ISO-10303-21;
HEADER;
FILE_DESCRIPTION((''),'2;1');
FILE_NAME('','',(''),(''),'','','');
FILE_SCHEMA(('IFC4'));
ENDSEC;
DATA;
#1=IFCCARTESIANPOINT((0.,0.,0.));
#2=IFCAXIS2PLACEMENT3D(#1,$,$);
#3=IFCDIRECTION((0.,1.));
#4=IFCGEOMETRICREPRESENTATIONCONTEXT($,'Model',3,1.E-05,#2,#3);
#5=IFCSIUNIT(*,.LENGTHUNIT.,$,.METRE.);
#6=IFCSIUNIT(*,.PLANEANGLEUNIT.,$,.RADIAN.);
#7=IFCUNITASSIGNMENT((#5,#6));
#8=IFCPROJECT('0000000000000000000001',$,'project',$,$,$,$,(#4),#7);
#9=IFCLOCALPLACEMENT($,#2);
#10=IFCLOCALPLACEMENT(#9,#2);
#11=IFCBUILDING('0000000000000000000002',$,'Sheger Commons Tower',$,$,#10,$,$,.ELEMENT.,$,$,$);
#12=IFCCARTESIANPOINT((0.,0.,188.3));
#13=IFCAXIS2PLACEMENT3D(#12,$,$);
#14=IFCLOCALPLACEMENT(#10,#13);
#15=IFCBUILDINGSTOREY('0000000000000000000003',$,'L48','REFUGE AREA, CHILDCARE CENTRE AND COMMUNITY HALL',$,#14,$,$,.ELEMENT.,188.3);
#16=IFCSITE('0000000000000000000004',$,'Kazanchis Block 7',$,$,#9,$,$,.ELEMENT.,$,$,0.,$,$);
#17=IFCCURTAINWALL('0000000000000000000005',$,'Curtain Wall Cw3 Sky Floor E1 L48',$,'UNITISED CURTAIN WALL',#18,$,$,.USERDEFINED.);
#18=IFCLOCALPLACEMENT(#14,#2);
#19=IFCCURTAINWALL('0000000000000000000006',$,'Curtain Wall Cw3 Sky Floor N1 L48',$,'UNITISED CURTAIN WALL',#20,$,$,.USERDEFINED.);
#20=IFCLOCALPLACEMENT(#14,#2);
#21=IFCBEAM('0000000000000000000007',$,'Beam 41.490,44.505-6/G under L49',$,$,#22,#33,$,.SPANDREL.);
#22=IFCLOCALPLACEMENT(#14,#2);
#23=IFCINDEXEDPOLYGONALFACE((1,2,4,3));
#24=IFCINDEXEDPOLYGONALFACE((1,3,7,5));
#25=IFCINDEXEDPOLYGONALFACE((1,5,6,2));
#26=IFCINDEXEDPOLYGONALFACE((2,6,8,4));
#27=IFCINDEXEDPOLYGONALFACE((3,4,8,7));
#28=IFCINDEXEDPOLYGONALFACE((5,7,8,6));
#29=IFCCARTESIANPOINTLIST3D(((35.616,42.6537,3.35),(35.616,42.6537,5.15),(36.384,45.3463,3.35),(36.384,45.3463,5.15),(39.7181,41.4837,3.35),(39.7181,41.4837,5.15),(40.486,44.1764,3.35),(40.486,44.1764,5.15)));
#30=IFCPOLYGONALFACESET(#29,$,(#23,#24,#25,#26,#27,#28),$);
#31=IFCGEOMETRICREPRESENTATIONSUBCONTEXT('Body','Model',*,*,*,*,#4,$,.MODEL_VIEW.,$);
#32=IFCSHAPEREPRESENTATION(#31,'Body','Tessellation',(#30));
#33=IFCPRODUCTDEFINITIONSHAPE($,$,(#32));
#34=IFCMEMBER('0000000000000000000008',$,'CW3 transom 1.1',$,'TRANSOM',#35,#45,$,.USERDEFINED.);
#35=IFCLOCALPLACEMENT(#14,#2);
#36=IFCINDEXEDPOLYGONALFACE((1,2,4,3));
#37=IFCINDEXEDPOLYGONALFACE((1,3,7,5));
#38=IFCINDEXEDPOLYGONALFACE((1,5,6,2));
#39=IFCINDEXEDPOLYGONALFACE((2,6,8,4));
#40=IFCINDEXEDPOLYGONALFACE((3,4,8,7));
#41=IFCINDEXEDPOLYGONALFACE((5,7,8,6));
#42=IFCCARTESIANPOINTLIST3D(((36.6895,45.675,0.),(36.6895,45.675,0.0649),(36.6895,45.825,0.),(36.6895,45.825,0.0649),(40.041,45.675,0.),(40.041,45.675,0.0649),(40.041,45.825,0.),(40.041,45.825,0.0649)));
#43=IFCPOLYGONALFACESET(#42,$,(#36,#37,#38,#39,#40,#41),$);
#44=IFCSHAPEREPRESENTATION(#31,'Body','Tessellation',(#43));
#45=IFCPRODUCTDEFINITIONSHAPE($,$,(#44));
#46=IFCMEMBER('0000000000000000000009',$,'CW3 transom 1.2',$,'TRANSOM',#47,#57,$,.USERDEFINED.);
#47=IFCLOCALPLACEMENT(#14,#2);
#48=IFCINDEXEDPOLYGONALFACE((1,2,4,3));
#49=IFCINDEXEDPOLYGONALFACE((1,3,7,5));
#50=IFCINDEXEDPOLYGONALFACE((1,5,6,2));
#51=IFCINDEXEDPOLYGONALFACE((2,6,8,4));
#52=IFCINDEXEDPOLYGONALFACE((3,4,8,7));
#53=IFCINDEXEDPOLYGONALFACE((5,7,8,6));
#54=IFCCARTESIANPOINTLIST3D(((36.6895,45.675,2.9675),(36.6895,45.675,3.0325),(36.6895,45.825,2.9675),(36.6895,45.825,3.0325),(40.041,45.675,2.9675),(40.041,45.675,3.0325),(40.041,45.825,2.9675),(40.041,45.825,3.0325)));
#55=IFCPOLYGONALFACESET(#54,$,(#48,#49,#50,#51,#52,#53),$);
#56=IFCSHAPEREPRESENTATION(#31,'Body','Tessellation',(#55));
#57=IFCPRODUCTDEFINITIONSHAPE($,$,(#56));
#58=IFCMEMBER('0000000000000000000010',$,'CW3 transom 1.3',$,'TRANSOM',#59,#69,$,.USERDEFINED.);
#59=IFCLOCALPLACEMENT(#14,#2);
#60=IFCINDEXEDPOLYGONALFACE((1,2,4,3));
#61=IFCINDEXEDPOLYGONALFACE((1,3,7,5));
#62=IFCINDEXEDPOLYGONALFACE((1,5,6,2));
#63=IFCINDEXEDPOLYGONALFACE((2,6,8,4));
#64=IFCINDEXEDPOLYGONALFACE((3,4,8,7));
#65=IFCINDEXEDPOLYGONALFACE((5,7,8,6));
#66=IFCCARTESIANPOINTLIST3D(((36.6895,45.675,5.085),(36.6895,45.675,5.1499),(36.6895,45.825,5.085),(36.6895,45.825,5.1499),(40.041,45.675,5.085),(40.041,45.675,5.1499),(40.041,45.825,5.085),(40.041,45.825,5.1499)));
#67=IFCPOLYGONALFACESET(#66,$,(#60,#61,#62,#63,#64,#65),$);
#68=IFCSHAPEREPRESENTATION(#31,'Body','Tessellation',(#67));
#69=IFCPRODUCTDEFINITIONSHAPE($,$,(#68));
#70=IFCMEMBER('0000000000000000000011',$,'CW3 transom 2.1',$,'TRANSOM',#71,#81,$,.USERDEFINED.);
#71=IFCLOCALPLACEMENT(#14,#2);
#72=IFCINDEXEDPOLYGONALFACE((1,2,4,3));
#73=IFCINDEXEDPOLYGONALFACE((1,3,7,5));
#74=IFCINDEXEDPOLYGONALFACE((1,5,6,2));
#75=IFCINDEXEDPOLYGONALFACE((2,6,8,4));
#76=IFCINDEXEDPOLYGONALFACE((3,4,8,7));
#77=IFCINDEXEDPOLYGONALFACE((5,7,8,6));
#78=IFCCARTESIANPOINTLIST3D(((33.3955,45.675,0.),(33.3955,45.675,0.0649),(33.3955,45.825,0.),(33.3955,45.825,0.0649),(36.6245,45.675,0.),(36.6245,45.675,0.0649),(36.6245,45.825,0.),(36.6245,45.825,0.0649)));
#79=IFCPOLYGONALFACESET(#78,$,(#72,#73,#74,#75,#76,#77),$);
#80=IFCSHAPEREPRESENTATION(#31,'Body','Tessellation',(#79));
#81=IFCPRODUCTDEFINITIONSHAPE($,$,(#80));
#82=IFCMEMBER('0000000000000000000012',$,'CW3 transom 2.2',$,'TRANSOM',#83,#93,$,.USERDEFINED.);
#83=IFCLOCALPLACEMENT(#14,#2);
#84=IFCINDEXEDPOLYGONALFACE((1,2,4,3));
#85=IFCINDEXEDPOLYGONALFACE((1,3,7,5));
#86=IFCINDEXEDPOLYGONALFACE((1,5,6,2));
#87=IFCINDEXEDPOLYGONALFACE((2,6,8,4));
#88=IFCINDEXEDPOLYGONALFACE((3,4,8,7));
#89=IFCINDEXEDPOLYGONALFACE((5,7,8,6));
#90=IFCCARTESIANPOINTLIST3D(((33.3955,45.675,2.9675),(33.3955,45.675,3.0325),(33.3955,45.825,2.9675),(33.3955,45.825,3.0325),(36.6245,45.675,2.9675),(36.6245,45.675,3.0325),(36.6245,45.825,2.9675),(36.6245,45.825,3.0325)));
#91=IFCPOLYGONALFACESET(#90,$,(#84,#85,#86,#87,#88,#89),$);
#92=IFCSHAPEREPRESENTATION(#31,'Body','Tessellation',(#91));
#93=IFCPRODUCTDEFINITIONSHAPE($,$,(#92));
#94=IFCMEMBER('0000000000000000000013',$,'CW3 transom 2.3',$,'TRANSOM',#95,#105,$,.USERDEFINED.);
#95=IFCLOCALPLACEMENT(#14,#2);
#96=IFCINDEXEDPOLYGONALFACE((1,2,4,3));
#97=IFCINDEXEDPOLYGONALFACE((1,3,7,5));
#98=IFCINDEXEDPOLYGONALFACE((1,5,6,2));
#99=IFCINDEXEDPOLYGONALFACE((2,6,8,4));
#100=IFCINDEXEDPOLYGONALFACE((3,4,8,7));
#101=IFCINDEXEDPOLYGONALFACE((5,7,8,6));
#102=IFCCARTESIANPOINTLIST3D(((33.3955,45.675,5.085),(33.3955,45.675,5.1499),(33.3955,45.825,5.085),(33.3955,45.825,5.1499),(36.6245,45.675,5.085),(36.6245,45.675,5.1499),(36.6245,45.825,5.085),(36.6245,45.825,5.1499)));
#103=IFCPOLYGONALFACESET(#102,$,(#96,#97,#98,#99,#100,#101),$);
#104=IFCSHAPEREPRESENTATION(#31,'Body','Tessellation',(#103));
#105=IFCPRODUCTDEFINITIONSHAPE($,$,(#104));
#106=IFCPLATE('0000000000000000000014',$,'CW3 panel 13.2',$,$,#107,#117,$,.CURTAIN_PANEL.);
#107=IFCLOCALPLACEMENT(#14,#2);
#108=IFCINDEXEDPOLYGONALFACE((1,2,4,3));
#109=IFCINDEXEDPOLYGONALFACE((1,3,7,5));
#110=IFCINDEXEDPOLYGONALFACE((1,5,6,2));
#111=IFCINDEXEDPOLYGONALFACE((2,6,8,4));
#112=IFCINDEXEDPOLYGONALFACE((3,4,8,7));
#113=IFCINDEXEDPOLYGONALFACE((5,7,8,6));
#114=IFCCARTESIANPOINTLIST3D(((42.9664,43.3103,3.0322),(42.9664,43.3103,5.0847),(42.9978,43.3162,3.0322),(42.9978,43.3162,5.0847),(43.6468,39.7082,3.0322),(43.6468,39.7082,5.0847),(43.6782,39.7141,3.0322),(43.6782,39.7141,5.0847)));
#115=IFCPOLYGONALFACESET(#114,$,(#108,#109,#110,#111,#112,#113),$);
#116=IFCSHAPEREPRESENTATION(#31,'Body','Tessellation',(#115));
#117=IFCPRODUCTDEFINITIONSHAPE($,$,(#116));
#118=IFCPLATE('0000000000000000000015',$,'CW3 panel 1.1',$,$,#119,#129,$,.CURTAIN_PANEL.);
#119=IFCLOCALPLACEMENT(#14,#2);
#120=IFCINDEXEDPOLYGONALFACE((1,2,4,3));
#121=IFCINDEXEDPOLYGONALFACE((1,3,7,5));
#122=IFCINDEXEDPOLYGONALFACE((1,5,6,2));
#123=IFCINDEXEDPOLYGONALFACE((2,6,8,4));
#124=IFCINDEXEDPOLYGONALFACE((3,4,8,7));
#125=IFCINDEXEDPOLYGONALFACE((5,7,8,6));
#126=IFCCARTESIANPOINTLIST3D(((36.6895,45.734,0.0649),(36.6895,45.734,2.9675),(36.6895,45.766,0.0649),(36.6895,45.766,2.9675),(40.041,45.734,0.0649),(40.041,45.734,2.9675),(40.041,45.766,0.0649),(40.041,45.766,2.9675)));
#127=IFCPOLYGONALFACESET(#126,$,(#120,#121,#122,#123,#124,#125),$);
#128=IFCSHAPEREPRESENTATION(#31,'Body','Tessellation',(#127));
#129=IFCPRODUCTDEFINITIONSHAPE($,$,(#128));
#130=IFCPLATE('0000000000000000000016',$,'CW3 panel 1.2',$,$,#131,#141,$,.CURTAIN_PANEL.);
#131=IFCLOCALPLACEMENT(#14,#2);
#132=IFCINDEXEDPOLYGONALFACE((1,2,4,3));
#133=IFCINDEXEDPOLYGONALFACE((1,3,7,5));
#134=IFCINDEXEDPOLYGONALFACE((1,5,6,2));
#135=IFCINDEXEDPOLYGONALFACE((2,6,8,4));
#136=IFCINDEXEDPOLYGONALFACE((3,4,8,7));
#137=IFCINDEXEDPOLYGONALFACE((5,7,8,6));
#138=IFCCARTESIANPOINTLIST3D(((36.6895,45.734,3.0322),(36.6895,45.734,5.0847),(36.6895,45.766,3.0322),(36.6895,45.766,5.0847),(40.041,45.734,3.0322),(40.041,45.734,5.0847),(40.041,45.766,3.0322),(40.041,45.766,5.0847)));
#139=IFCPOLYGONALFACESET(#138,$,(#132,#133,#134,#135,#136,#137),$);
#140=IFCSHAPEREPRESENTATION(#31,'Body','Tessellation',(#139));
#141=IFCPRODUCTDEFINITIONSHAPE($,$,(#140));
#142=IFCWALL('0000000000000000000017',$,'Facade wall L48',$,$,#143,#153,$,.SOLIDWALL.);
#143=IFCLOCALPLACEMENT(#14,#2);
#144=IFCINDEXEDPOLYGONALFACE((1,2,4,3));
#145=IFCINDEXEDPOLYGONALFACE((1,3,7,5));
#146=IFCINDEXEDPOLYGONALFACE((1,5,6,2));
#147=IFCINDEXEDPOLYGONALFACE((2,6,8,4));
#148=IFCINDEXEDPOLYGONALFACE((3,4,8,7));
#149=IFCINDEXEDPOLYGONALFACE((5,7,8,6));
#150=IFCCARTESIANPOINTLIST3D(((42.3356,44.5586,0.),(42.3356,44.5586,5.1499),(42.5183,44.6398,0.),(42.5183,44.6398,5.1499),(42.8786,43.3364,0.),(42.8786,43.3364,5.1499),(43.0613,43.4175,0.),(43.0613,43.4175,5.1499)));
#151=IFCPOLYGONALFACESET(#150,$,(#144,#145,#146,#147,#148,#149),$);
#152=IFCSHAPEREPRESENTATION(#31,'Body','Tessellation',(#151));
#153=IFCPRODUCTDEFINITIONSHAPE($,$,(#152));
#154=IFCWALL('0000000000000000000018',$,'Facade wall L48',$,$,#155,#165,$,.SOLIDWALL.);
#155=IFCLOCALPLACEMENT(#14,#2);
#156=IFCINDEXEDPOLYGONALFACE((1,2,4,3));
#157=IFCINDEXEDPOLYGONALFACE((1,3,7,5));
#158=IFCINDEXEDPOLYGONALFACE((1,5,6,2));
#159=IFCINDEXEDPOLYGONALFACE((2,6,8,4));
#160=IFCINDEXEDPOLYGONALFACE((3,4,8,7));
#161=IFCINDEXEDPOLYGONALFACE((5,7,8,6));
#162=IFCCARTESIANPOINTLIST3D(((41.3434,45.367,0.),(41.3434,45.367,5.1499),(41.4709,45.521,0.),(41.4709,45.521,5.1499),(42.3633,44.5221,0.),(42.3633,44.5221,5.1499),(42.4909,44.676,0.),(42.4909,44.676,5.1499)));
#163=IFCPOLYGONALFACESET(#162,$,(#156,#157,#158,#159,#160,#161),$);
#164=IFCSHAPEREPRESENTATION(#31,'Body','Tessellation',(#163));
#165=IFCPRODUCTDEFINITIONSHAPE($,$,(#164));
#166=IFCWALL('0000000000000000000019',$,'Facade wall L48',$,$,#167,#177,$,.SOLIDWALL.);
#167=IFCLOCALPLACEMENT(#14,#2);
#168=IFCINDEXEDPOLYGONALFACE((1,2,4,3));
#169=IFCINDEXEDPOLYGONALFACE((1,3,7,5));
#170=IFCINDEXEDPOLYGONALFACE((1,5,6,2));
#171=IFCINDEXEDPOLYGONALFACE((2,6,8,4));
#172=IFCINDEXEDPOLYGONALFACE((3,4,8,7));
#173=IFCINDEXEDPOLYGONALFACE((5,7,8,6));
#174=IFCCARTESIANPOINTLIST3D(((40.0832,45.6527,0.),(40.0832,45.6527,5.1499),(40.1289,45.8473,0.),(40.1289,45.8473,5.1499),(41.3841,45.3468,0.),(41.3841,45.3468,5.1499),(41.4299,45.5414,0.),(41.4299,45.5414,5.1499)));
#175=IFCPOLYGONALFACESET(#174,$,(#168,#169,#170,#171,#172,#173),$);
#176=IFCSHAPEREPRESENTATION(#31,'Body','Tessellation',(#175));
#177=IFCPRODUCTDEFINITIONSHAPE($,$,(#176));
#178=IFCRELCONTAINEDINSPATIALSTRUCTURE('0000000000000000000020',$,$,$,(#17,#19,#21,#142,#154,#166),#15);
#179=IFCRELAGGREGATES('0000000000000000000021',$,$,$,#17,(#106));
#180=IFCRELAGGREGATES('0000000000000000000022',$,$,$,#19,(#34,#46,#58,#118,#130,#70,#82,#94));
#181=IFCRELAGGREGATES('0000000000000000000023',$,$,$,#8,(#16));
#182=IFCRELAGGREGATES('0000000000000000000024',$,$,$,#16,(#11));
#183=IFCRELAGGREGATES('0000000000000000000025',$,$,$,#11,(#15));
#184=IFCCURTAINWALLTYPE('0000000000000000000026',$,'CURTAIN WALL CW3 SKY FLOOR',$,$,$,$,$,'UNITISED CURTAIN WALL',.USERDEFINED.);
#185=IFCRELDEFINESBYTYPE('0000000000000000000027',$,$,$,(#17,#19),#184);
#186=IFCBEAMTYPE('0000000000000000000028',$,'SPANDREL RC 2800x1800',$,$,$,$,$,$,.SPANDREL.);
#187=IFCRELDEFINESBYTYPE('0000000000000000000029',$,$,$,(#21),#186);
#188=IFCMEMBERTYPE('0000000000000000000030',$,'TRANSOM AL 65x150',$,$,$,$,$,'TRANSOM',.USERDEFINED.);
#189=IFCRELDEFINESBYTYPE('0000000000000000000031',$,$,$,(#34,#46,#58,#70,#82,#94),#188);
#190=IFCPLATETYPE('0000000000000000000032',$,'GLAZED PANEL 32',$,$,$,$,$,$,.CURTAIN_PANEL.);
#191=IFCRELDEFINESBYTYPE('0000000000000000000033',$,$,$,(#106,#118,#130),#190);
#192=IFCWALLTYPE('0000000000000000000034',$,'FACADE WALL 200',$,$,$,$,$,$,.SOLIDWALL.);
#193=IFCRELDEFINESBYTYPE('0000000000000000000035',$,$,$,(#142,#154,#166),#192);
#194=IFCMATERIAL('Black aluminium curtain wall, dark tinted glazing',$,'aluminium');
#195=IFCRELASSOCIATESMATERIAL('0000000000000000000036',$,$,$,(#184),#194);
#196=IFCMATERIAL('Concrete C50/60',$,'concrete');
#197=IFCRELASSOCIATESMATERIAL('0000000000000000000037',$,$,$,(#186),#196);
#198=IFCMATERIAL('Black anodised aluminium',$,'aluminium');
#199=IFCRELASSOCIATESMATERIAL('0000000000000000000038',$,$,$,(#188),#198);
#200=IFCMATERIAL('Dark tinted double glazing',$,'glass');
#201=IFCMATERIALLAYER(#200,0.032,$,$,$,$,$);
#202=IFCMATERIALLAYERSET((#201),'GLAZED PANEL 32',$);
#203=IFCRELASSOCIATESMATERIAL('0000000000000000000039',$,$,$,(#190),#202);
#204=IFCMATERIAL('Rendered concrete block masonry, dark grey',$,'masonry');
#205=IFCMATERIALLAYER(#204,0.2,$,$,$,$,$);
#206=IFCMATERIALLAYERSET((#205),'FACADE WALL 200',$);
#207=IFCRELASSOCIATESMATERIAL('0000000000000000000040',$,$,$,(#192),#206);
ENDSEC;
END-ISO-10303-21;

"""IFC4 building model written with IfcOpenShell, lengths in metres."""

from ifc_helpers import new_model, si_unit, direction, frame, frame_2d, origin, origin_2d, place, context, subcontext, project, spatial, rectangle, extrude, material, layer, layer_set, material_profile, profile_set, type_object, element, aggregate, save


model = new_model("IFC4")

# Units and contexts
model_context = context("Model", 3, precision=1e-05, world=origin(), true_north=direction((0.0, 1.0)))
body_context = subcontext(model_context, "Body", "Model", "MODEL_VIEW")
ifc_project = project(units=[si_unit("LENGTHUNIT", "METRE"), si_unit("PLANEANGLEUNIT", "RADIAN")], contexts=[model_context])

# Site, building, storey
site_placement = place(None, origin())
site = spatial("IfcSite", under=ifc_project, at=site_placement, Name="Kazanchis Block 7", CompositionType="ELEMENT", RefElevation=0.0)
building_placement = place(site_placement, origin())
building = spatial("IfcBuilding", under=site, at=building_placement, Name="Sheger Commons Tower", CompositionType="ELEMENT")
storey_placement = place(building_placement, frame((0.0, 0.0, 188.3)))
storey = spatial("IfcBuildingStorey", under=building, at=storey_placement, Name="L48", Description="REFUGE AREA, CHILDCARE CENTRE AND COMMUNITY HALL", CompositionType="ELEMENT", Elevation=188.3)

# Curtain wall
ifc_material_1 = material(Name="Black aluminium curtain wall, dark tinted glazing", Category="aluminium")
curtain_wall_type = type_object("IfcCurtainWallType", Name="CURTAIN WALL CW3 SKY FLOOR", ElementType="UNITISED CURTAIN WALL", PredefinedType="USERDEFINED", material=ifc_material_1)
curtain_wall_1_placement = place(storey_placement, origin())
curtain_wall_1 = element("IfcCurtainWall", 1, at=curtain_wall_1_placement, inside=storey, type_object=curtain_wall_type, Name="Curtain Wall Cw3 Sky Floor E1 L48", ObjectType="UNITISED CURTAIN WALL", PredefinedType="USERDEFINED")

# Curtain wall
curtain_wall_2_placement = place(storey_placement, origin())
curtain_wall_2 = element("IfcCurtainWall", 2, at=curtain_wall_2_placement, inside=storey, type_object=curtain_wall_type, Name="Curtain Wall Cw3 Sky Floor N1 L48", ObjectType="UNITISED CURTAIN WALL", PredefinedType="USERDEFINED")

# Beam
ifc_material_2 = material(Name="Concrete C50/60", Category="concrete")
ifc_material_profile_1 = material_profile(ifc_material_2, rectangle(XDim=2.8, YDim=1.8, at=origin_2d()), Name="RC 2800x1800")
ifc_profile_set_1 = profile_set([ifc_material_profile_1], Name="Concrete C50/60")
beam_type_1 = type_object("IfcBeamType", Name="SPANDREL RC 2800x1800", PredefinedType="SPANDREL", material=ifc_profile_set_1)
beam_1_placement = place(storey_placement, frame((40.1021, 42.8301, 4.25), z_axis=(-0.961653, 0.274268, 0.0), x_axis=(-0.274268, -0.961653, 0.0)))
element("IfcBeam", 3, at=beam_1_placement, inside=storey, type_object=beam_type_1, Name="Beam 41.490,44.505-6/G under L49", PredefinedType="SPANDREL", context=body_context, shape_type="SweptSolid", body=[
    extrude(rectangle(XDim=2.8, YDim=1.8, at=origin_2d()), origin(), (0.0, 0.0, 1.0), 4.2656),
])

# Members
ifc_material_3 = material(Name="Black anodised aluminium", Category="aluminium")
ifc_material_profile_2 = material_profile(ifc_material_3, rectangle(XDim=0.1499, YDim=0.0649, at=origin_2d()), Name="AL 65x150")
ifc_profile_set_2 = profile_set([ifc_material_profile_2], Name="Black anodised aluminium")
member_type_1 = type_object("IfcMemberType", Name="TRANSOM AL 65x150", ElementType="TRANSOM", PredefinedType="USERDEFINED", material=ifc_profile_set_2)
member_1_placement = place(storey_placement, frame((40.041, 45.75, 0.0325), z_axis=(-1.0, 0.0, 0.0), x_axis=(0.0, -1.0, 0.0)))
member_1 = element("IfcMember", 4, at=member_1_placement, type_object=member_type_1, Name="CW3 transom 1.1", ObjectType="TRANSOM", PredefinedType="USERDEFINED", context=body_context, shape_type="SweptSolid", body=[
    extrude(rectangle(XDim=0.1499, YDim=0.0649, at=origin_2d()), origin(), (0.0, 0.0, 1.0), 3.3516),
])
member_2_placement = place(storey_placement, frame((40.041, 45.75, 3.0), z_axis=(-1.0, 0.0, 0.0), x_axis=(0.0, -1.0, 0.0)))
member_2 = element("IfcMember", 5, at=member_2_placement, type_object=member_type_1, Name="CW3 transom 1.2", ObjectType="TRANSOM", PredefinedType="USERDEFINED", context=body_context, shape_type="SweptSolid", body=[
    extrude(rectangle(XDim=0.1499, YDim=0.0649, at=origin_2d()), origin(), (0.0, 0.0, 1.0), 3.3516),
])
member_3_placement = place(storey_placement, frame((40.041, 45.75, 5.1174), z_axis=(-1.0, 0.0, 0.0), x_axis=(0.0, -1.0, 0.0)))
member_3 = element("IfcMember", 6, at=member_3_placement, type_object=member_type_1, Name="CW3 transom 1.3", ObjectType="TRANSOM", PredefinedType="USERDEFINED", context=body_context, shape_type="SweptSolid", body=[
    extrude(rectangle(XDim=0.1499, YDim=0.0649, at=origin_2d()), origin(), (0.0, 0.0, 1.0), 3.3516),
])
member_4_placement = place(storey_placement, frame((36.6245, 45.75, 0.0325), z_axis=(-1.0, 0.0, 0.0), x_axis=(0.0, -1.0, 0.0)))
member_4 = element("IfcMember", 7, at=member_4_placement, type_object=member_type_1, Name="CW3 transom 2.1", ObjectType="TRANSOM", PredefinedType="USERDEFINED", context=body_context, shape_type="SweptSolid", body=[
    extrude(rectangle(XDim=0.1499, YDim=0.0649, at=origin_2d()), origin(), (0.0, 0.0, 1.0), 3.229),
])
member_5_placement = place(storey_placement, frame((36.6245, 45.75, 3.0), z_axis=(-1.0, 0.0, 0.0), x_axis=(0.0, -1.0, 0.0)))
member_5 = element("IfcMember", 8, at=member_5_placement, type_object=member_type_1, Name="CW3 transom 2.2", ObjectType="TRANSOM", PredefinedType="USERDEFINED", context=body_context, shape_type="SweptSolid", body=[
    extrude(rectangle(XDim=0.1499, YDim=0.0649, at=origin_2d()), origin(), (0.0, 0.0, 1.0), 3.229),
])
member_6_placement = place(storey_placement, frame((36.6245, 45.75, 5.1174), z_axis=(-1.0, 0.0, 0.0), x_axis=(0.0, -1.0, 0.0)))
member_6 = element("IfcMember", 9, at=member_6_placement, type_object=member_type_1, Name="CW3 transom 2.3", ObjectType="TRANSOM", PredefinedType="USERDEFINED", context=body_context, shape_type="SweptSolid", body=[
    extrude(rectangle(XDim=0.1499, YDim=0.0649, at=origin_2d()), origin(), (0.0, 0.0, 1.0), 3.229),
])

# Plates
ifc_material_4 = material(Name="Dark tinted double glazing", Category="glass")
ifc_layer_1 = layer(ifc_material_4, 0.032)
ifc_layer_set_1 = layer_set([ifc_layer_1], Name="GLAZED PANEL 32")
plate_type = type_object("IfcPlateType", Name="GLAZED PANEL 32", PredefinedType="CURTAIN_PANEL", material=ifc_layer_set_1)
plate_1_placement = place(storey_placement, frame((43.3223, 41.5122, 3.0322), z_axis=(0.0, 0.0, 1.0), x_axis=(-0.18561, 0.982624, 0.0)))
plate_1 = element("IfcPlate", 10, at=plate_1_placement, type_object=plate_type, Name="CW3 panel 13.2", PredefinedType="CURTAIN_PANEL", context=body_context, shape_type="SweptSolid", body=[
    extrude(rectangle(XDim=3.6658, YDim=0.032, at=origin_2d()), origin(), (0.0, 0.0, 1.0), 2.0525),
])
aggregate(curtain_wall_1, [plate_1])
plate_2_placement = place(storey_placement, frame((38.3652, 45.75, 0.0649), z_axis=(0.0, 0.0, 1.0), x_axis=(-1.0, 0.0, 0.0)))
plate_2 = element("IfcPlate", 11, at=plate_2_placement, type_object=plate_type, Name="CW3 panel 1.1", PredefinedType="CURTAIN_PANEL", context=body_context, shape_type="SweptSolid", body=[
    extrude(rectangle(XDim=3.3516, YDim=0.032, at=origin_2d()), origin(), (0.0, 0.0, 1.0), 2.9026),
])
plate_3_placement = place(storey_placement, frame((38.3652, 45.75, 3.0322), z_axis=(0.0, 0.0, 1.0), x_axis=(-1.0, 0.0, 0.0)))
plate_3 = element("IfcPlate", 12, at=plate_3_placement, type_object=plate_type, Name="CW3 panel 1.2", PredefinedType="CURTAIN_PANEL", context=body_context, shape_type="SweptSolid", body=[
    extrude(rectangle(XDim=3.3516, YDim=0.032, at=origin_2d()), origin(), (0.0, 0.0, 1.0), 2.0525),
])
aggregate(curtain_wall_2, [member_1, member_2, member_3, plate_2, plate_3, member_4, member_5, member_6])

# Walls
ifc_material_5 = material(Name="Rendered concrete block masonry, dark grey", Category="masonry")
ifc_layer_2 = layer(ifc_material_5, 0.2)
ifc_layer_set_2 = layer_set([ifc_layer_2], Name="FACADE WALL 200")
wall_type = type_object("IfcWallType", Name="FACADE WALL 200", PredefinedType="SOLIDWALL", material=ifc_layer_set_2)
wall_1_placement = place(storey_placement, frame((42.97, 43.377, 0.0), z_axis=(0.0, 0.0, 1.0), x_axis=(-0.406003, 0.913872, 0.0)))
element("IfcWall", 13, at=wall_1_placement, inside=storey, type_object=wall_type, Name="Facade wall L48", PredefinedType="SOLIDWALL", context=body_context, shape_type="SweptSolid", body=[
    extrude(rectangle(XDim=1.3374, YDim=0.2, at=frame_2d((0.6687, 0.0))), origin(), (0.0, 0.0, 1.0), 5.1499),
])
wall_2_placement = place(storey_placement, frame((42.427, 44.5991, 0.0), z_axis=(0.0, 0.0, 1.0), x_axis=(-0.770091, 0.637934, 0.0)))
element("IfcWall", 14, at=wall_2_placement, inside=storey, type_object=wall_type, Name="Facade wall L48", PredefinedType="SOLIDWALL", context=body_context, shape_type="SweptSolid", body=[
    extrude(rectangle(XDim=1.3245, YDim=0.2, at=frame_2d((0.6621, 0.0))), origin(), (0.0, 0.0, 1.0), 5.1499),
])
wall_3_placement = place(storey_placement, frame((41.407, 45.4441, 0.0), z_axis=(0.0, 0.0, 1.0), x_axis=(-0.973453, 0.228887, 0.0)))
element("IfcWall", 15, at=wall_3_placement, inside=storey, type_object=wall_type, Name="Facade wall L48", PredefinedType="SOLIDWALL", context=body_context, shape_type="SweptSolid", body=[
    extrude(rectangle(XDim=1.3364, YDim=0.2, at=frame_2d((0.6682, 0.0))), origin(), (0.0, 0.0, 1.0), 5.1499),
])

save(model, "model.ifc")
